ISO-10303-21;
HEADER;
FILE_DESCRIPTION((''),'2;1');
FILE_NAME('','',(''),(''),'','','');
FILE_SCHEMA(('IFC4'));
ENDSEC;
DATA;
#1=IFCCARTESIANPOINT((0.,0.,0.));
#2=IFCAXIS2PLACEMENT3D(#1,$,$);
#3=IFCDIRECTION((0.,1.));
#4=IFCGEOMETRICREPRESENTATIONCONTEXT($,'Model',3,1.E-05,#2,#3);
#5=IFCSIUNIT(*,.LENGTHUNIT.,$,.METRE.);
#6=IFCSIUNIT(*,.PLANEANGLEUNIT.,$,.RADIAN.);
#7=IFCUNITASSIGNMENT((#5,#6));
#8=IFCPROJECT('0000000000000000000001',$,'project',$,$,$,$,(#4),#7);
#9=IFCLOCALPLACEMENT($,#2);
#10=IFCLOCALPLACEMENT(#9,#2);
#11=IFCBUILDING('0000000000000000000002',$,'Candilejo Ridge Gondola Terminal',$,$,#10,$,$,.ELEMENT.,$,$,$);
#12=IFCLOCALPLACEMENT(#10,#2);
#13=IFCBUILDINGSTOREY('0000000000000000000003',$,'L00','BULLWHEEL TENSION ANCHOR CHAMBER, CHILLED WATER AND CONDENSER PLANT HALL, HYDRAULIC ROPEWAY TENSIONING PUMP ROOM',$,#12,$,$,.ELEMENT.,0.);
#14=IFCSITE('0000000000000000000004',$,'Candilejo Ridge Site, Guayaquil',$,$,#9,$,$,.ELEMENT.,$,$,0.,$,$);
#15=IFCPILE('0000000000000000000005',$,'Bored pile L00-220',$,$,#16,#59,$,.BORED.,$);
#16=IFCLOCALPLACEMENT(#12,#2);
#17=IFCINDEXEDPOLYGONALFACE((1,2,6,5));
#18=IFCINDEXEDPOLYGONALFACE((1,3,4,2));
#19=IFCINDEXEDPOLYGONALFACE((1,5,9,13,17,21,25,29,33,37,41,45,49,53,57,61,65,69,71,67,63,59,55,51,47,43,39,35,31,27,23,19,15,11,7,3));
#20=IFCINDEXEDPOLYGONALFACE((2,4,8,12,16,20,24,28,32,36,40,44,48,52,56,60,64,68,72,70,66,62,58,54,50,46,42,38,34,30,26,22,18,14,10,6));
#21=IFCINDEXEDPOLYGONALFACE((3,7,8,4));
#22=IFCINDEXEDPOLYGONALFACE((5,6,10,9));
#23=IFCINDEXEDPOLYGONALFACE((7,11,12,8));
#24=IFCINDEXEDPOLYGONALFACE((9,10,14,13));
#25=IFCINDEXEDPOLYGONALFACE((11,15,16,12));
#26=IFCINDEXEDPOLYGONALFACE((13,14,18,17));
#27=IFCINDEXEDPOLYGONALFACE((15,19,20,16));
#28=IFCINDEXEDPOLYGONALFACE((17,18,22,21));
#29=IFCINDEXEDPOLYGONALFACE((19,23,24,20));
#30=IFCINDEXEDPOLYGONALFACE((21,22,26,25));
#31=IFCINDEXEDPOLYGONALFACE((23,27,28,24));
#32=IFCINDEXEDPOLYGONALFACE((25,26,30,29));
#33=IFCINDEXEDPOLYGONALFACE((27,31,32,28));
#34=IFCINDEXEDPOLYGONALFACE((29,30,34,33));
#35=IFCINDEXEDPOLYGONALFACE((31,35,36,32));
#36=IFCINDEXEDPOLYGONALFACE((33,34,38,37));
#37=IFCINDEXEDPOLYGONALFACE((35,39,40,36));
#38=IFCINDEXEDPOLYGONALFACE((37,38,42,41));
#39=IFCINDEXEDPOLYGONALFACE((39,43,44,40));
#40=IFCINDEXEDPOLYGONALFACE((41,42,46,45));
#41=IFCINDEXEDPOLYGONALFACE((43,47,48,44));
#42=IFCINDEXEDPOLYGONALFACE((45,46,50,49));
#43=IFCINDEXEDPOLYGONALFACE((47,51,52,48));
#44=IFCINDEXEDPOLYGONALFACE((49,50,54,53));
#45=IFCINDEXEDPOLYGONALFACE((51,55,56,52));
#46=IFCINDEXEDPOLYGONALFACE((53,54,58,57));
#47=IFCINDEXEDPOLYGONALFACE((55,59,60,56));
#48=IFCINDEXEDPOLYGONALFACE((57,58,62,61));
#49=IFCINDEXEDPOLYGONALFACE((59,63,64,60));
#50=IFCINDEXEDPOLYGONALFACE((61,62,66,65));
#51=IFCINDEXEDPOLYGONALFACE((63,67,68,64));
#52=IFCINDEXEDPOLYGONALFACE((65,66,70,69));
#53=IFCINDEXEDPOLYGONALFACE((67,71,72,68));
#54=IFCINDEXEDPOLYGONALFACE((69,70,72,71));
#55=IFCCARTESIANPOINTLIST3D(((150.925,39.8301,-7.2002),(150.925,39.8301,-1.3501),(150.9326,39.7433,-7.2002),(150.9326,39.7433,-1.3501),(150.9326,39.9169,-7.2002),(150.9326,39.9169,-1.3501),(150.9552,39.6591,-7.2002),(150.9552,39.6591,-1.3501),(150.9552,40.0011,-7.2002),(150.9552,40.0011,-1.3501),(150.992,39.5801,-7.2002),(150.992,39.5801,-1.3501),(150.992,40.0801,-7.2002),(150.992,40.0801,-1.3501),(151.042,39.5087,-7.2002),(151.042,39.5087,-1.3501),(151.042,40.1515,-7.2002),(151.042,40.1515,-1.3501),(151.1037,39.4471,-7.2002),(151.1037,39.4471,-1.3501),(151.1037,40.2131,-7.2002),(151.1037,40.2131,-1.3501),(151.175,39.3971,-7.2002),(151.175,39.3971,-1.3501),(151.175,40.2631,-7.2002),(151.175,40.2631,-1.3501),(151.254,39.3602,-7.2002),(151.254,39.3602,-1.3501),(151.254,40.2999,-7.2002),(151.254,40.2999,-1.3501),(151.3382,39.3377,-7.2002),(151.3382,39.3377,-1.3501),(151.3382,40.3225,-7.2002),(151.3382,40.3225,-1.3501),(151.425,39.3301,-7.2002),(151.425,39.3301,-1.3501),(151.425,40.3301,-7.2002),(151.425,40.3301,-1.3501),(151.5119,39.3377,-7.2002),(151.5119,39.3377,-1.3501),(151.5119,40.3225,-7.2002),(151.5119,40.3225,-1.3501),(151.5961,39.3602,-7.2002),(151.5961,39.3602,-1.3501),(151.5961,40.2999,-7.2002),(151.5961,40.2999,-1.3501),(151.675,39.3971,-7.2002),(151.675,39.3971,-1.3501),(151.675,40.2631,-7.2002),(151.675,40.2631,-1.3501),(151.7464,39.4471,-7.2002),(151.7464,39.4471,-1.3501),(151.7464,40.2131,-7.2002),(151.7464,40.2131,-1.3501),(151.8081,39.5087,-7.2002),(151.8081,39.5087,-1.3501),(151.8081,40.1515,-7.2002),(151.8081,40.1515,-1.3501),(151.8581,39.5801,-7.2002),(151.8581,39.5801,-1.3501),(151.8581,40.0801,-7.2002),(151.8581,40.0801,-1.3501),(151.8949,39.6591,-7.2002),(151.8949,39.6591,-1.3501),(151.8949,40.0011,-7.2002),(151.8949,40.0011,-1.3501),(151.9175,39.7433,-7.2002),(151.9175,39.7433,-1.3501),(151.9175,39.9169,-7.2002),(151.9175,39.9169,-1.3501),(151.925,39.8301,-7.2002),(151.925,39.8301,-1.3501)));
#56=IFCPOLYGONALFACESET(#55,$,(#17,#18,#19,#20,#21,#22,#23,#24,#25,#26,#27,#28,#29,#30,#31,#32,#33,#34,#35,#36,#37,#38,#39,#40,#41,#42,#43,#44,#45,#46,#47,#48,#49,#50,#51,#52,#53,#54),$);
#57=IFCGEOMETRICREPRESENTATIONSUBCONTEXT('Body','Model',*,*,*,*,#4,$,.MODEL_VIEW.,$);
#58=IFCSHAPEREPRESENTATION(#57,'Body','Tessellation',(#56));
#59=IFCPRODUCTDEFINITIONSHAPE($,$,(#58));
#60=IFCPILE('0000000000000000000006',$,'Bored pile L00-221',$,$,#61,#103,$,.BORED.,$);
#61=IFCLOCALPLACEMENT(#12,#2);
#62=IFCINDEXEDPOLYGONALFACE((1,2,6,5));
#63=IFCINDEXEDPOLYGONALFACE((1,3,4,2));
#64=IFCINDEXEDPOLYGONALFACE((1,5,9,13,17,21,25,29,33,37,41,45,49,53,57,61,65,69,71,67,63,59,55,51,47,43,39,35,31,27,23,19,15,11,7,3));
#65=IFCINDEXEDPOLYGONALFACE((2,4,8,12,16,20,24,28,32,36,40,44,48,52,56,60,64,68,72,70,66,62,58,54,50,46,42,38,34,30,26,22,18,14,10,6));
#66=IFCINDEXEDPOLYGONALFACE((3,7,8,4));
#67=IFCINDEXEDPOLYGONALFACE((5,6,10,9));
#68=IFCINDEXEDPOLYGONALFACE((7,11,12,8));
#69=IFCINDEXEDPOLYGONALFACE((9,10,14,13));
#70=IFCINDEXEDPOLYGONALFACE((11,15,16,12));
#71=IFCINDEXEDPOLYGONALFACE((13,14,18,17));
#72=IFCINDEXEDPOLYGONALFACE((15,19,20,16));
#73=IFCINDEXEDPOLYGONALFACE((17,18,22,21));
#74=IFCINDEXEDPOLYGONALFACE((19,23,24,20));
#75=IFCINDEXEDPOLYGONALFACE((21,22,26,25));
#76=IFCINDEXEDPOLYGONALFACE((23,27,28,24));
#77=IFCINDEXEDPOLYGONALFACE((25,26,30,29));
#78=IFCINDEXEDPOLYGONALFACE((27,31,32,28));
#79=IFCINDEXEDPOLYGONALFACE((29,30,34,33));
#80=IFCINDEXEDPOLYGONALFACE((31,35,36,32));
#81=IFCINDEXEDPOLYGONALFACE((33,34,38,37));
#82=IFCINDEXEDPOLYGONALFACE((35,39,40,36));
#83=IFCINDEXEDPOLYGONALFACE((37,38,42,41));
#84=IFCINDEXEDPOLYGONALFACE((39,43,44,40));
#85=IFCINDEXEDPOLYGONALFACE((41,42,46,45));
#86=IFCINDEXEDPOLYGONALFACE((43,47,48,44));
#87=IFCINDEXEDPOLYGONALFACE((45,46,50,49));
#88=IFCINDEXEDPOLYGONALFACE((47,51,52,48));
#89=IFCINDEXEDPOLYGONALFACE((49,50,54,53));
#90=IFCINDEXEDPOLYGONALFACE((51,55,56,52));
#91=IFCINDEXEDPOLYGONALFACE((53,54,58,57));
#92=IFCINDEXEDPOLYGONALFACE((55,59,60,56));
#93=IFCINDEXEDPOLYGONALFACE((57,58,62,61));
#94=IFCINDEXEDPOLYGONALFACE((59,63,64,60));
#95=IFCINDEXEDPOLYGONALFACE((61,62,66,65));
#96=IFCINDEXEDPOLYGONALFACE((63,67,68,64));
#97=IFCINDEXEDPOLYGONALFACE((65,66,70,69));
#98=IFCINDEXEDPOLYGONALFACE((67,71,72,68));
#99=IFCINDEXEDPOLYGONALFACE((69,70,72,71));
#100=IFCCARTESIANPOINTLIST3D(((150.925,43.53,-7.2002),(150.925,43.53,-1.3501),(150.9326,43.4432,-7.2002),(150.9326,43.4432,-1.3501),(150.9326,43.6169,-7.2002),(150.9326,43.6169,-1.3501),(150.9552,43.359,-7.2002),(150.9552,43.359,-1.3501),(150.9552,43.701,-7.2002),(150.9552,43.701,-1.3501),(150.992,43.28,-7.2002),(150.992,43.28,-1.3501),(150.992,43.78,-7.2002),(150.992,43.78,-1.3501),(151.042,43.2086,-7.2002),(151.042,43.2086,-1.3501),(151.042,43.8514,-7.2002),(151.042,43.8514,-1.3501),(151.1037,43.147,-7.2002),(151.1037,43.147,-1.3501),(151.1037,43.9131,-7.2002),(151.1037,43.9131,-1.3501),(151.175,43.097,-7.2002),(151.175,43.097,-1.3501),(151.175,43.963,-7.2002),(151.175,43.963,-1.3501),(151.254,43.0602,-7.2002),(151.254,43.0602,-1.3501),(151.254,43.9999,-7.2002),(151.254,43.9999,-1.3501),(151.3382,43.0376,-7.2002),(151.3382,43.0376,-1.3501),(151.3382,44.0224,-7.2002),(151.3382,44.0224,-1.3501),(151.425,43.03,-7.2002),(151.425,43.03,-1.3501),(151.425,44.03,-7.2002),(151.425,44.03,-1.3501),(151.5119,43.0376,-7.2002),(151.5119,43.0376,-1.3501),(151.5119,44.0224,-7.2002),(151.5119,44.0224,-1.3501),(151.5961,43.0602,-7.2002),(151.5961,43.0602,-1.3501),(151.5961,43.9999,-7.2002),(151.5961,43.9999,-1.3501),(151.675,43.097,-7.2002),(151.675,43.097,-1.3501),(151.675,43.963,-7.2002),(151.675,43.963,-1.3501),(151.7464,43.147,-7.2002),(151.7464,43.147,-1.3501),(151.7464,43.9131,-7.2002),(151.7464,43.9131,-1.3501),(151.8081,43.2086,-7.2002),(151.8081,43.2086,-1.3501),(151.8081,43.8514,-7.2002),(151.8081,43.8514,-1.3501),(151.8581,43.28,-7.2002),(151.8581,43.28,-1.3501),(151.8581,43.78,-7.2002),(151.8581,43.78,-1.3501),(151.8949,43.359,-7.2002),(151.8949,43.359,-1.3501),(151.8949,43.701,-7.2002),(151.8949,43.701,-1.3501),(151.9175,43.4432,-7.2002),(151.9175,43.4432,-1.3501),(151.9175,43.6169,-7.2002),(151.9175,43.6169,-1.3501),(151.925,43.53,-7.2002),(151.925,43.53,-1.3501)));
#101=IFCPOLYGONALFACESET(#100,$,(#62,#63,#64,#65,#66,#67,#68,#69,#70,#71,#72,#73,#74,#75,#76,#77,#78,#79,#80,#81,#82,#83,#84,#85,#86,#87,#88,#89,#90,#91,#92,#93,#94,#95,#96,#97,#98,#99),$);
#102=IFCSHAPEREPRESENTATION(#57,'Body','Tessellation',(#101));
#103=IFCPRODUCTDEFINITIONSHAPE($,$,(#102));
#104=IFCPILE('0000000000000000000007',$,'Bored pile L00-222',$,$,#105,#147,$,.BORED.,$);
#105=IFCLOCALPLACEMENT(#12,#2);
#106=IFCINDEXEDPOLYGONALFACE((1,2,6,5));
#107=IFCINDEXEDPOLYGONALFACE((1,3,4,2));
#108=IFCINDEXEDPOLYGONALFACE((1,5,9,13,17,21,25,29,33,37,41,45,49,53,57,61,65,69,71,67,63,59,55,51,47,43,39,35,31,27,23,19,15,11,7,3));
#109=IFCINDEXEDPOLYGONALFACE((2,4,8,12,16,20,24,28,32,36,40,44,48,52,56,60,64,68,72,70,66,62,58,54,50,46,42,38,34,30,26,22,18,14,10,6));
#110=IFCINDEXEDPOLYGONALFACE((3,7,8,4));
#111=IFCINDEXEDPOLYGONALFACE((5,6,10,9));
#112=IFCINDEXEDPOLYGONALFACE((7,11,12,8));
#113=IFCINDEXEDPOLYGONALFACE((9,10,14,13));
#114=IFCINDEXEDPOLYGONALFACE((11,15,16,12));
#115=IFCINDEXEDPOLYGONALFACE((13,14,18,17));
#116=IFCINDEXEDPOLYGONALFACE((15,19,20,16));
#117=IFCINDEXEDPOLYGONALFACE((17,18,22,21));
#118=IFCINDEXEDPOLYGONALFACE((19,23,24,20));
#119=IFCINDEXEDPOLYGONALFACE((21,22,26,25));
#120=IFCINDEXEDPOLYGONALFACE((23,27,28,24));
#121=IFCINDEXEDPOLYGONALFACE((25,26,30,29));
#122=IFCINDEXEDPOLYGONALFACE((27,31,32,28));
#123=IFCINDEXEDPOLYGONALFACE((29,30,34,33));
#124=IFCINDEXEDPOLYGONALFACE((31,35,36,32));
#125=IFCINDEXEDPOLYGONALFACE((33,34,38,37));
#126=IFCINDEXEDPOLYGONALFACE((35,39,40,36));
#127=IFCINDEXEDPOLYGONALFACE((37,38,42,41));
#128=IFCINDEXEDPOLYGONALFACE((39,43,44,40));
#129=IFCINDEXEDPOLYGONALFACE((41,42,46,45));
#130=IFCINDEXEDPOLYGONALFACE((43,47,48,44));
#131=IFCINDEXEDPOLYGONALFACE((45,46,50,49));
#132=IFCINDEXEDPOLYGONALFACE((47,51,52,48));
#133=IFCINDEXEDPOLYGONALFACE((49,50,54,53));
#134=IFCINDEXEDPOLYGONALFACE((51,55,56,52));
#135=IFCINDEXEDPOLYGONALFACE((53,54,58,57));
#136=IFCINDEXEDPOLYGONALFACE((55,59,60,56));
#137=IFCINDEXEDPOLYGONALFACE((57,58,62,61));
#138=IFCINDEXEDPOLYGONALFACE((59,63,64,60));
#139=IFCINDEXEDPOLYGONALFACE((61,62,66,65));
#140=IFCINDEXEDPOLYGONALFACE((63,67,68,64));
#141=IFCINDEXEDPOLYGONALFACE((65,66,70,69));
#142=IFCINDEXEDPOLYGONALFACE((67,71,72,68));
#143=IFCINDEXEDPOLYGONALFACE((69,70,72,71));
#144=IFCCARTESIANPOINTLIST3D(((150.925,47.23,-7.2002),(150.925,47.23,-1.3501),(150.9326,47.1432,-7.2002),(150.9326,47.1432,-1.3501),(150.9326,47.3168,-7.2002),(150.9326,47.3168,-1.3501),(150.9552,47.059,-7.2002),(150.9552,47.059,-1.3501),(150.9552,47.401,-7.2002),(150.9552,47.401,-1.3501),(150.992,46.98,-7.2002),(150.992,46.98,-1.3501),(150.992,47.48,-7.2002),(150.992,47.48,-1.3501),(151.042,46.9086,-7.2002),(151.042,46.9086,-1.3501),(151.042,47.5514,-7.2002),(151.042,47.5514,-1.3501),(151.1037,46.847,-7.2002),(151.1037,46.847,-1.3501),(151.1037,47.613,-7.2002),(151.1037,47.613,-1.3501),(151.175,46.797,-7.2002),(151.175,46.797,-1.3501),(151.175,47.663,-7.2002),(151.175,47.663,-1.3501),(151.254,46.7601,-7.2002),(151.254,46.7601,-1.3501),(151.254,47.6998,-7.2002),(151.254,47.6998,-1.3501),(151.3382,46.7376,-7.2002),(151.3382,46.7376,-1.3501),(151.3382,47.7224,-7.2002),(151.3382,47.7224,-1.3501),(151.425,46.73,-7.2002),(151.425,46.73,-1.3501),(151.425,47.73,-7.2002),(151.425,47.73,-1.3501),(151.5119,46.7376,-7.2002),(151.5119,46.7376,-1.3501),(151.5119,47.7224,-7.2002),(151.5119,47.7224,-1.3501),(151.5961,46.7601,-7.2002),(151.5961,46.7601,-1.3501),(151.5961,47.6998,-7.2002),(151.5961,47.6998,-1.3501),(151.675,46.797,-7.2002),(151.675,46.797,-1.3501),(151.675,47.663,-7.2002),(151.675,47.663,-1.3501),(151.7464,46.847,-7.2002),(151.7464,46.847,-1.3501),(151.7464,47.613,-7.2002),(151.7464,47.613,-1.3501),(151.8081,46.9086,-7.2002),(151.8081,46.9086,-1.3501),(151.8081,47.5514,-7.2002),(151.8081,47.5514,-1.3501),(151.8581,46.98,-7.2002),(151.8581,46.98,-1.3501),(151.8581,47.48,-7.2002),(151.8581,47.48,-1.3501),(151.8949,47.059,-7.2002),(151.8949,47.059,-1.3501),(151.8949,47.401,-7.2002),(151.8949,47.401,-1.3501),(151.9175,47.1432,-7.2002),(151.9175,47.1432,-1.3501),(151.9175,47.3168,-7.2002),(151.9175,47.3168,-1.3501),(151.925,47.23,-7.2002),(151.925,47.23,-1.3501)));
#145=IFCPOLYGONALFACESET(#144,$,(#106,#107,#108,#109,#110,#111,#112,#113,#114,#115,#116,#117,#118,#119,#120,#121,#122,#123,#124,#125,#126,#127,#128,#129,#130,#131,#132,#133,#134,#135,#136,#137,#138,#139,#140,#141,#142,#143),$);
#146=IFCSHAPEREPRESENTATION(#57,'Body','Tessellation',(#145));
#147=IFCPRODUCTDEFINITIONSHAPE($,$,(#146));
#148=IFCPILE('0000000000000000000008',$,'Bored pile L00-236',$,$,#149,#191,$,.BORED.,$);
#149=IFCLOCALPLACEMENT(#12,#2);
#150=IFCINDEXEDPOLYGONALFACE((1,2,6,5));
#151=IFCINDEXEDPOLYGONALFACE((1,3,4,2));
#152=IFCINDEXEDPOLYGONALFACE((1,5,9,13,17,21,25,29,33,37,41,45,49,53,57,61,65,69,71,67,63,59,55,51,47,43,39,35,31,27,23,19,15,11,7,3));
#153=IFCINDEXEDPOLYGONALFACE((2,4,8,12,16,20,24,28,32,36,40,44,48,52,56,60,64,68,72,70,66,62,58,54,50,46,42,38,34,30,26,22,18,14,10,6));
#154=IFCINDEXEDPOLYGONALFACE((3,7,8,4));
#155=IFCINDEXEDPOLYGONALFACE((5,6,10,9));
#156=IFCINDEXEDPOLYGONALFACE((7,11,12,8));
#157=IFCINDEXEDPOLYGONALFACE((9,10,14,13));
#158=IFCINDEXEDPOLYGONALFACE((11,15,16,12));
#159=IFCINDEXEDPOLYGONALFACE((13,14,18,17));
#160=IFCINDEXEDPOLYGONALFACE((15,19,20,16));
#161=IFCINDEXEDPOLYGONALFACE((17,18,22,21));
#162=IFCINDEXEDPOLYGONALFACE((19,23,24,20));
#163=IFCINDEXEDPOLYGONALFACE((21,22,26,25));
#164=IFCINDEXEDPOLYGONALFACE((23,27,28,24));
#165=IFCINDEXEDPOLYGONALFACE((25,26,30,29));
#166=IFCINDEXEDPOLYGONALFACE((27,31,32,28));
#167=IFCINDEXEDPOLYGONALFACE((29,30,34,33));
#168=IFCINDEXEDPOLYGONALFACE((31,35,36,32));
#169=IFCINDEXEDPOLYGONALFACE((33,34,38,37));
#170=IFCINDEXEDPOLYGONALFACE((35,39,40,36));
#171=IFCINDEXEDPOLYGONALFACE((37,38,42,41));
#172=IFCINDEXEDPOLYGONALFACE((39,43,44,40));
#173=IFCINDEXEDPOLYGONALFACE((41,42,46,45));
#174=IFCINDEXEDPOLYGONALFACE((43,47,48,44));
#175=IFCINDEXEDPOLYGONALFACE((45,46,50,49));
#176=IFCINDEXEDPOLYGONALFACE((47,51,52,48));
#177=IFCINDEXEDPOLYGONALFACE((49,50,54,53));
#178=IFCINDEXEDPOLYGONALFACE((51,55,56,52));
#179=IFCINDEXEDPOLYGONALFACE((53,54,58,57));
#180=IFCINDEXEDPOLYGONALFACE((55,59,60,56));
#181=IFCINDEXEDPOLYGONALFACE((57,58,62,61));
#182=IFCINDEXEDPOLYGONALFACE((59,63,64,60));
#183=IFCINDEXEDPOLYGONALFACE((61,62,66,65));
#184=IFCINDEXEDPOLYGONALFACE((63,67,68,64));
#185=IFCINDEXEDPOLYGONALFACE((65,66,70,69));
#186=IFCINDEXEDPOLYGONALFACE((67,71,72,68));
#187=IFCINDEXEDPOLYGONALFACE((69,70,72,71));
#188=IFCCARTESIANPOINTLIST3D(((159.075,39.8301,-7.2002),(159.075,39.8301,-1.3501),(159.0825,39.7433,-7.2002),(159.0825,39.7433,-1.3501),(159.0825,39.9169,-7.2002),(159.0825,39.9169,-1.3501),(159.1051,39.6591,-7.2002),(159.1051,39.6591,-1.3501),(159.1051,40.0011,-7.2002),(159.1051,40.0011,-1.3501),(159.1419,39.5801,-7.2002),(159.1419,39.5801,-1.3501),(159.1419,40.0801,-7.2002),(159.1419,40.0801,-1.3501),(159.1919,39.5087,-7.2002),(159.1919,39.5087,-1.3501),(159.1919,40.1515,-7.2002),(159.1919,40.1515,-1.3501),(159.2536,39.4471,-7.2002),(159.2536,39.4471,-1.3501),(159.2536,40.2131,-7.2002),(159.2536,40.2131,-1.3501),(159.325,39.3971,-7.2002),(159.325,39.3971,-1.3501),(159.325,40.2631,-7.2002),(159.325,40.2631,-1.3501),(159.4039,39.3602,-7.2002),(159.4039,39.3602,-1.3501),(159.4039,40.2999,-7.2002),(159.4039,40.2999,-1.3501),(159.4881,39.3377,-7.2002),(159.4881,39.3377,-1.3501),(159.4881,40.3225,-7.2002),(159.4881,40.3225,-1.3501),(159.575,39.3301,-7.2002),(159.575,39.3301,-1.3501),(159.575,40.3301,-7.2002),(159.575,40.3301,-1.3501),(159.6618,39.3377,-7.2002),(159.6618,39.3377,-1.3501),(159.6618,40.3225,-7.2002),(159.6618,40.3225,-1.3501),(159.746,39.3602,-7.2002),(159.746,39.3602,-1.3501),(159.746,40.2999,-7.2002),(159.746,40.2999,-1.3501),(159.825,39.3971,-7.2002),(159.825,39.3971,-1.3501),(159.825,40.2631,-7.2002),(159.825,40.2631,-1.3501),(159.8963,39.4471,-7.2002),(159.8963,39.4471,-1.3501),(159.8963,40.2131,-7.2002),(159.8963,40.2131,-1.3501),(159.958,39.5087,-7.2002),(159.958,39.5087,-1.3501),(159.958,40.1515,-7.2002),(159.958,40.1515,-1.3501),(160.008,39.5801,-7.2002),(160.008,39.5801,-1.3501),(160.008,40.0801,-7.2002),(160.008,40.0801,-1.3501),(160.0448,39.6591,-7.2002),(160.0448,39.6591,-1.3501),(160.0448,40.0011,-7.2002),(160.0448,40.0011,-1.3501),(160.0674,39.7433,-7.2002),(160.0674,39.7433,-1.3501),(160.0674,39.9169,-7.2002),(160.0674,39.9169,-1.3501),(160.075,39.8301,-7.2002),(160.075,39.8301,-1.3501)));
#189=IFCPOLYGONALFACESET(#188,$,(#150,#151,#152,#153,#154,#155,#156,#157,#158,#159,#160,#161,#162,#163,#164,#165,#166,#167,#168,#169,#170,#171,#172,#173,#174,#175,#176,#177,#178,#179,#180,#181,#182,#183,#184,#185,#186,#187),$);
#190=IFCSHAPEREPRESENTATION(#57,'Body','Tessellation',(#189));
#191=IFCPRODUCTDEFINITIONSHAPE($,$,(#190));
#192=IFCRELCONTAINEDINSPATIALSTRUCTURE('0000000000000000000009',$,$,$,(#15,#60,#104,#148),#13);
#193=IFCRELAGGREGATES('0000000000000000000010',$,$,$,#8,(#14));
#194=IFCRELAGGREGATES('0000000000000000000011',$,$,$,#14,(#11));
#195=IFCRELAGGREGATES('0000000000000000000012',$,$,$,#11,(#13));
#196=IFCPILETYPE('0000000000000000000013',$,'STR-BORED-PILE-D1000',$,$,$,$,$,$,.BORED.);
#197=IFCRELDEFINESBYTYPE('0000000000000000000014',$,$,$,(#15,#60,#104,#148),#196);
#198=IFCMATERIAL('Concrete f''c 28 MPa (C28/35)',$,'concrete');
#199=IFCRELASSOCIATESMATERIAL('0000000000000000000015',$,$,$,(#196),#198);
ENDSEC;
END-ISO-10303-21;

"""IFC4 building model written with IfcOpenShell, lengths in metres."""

from ifc_helpers import new_model, si_unit, direction, frame, origin, origin_2d, place, context, subcontext, project, spatial, circle, extrude, material, material_profile, profile_set, type_object, element, save


model = new_model("IFC4")

# Units and contexts
model_context = context("Model", 3, precision=1e-05, world=origin(), true_north=direction((0.0, 1.0)))
body_context = subcontext(model_context, "Body", "Model", "MODEL_VIEW")
ifc_project = project(units=[si_unit("LENGTHUNIT", "METRE"), si_unit("PLANEANGLEUNIT", "RADIAN")], contexts=[model_context])

# Site, building, storey
site_placement = place(None, origin())
site = spatial("IfcSite", under=ifc_project, at=site_placement, Name="Candilejo Ridge Site, Guayaquil", CompositionType="ELEMENT", RefElevation=0.0)
building_placement = place(site_placement, origin())
building = spatial("IfcBuilding", under=site, at=building_placement, Name="Candilejo Ridge Gondola Terminal", CompositionType="ELEMENT")
storey_placement = place(building_placement, origin())
storey = spatial("IfcBuildingStorey", under=building, at=storey_placement, Name="L00", Description="BULLWHEEL TENSION ANCHOR CHAMBER, CHILLED WATER AND CONDENSER PLANT HALL, HYDRAULIC ROPEWAY TENSIONING PUMP ROOM", CompositionType="ELEMENT", Elevation=0.0)

# Piles
ifc_material_1 = material(Name="Concrete f'c 28 MPa (C28/35)", Category="concrete")
ifc_material_profile_1 = material_profile(ifc_material_1, circle(Radius=0.5, at=origin_2d()))
ifc_profile_set_1 = profile_set([ifc_material_profile_1], Name="Concrete f'c 28 MPa (C28/35)")
pile_type = type_object("IfcPileType", Name="STR-BORED-PILE-D1000", PredefinedType="BORED", material=ifc_profile_set_1)
for number, where, z_axis, x_axis, name in (
    (1, (151.425, 39.8301, -1.3501), (0.0, 0.0, -1.0), (1.0, 0.0, 0.0), "Bored pile L00-220"),
    (2, (151.425, 43.53, -1.3501), (0.0, 0.0, -1.0), (1.0, 0.0, 0.0), "Bored pile L00-221"),
    (3, (151.425, 47.23, -1.3501), (0.0, 0.0, -1.0), (1.0, 0.0, 0.0), "Bored pile L00-222"),
    (4, (159.575, 39.8301, -1.3501), (0.0, 0.0, -1.0), (1.0, 0.0, 0.0), "Bored pile L00-236"),
):
    element("IfcPile", number, at=place(storey_placement, frame(where, z_axis=z_axis, x_axis=x_axis)), inside=storey, type_object=pile_type, Name=name, PredefinedType="BORED", context=body_context, shape_type="SweptSolid", body=[
        extrude(circle(Radius=0.5, at=origin_2d()), origin(), (0.0, 0.0, 1.0), 5.8501),
    ])

save(model, "model.ifc")
